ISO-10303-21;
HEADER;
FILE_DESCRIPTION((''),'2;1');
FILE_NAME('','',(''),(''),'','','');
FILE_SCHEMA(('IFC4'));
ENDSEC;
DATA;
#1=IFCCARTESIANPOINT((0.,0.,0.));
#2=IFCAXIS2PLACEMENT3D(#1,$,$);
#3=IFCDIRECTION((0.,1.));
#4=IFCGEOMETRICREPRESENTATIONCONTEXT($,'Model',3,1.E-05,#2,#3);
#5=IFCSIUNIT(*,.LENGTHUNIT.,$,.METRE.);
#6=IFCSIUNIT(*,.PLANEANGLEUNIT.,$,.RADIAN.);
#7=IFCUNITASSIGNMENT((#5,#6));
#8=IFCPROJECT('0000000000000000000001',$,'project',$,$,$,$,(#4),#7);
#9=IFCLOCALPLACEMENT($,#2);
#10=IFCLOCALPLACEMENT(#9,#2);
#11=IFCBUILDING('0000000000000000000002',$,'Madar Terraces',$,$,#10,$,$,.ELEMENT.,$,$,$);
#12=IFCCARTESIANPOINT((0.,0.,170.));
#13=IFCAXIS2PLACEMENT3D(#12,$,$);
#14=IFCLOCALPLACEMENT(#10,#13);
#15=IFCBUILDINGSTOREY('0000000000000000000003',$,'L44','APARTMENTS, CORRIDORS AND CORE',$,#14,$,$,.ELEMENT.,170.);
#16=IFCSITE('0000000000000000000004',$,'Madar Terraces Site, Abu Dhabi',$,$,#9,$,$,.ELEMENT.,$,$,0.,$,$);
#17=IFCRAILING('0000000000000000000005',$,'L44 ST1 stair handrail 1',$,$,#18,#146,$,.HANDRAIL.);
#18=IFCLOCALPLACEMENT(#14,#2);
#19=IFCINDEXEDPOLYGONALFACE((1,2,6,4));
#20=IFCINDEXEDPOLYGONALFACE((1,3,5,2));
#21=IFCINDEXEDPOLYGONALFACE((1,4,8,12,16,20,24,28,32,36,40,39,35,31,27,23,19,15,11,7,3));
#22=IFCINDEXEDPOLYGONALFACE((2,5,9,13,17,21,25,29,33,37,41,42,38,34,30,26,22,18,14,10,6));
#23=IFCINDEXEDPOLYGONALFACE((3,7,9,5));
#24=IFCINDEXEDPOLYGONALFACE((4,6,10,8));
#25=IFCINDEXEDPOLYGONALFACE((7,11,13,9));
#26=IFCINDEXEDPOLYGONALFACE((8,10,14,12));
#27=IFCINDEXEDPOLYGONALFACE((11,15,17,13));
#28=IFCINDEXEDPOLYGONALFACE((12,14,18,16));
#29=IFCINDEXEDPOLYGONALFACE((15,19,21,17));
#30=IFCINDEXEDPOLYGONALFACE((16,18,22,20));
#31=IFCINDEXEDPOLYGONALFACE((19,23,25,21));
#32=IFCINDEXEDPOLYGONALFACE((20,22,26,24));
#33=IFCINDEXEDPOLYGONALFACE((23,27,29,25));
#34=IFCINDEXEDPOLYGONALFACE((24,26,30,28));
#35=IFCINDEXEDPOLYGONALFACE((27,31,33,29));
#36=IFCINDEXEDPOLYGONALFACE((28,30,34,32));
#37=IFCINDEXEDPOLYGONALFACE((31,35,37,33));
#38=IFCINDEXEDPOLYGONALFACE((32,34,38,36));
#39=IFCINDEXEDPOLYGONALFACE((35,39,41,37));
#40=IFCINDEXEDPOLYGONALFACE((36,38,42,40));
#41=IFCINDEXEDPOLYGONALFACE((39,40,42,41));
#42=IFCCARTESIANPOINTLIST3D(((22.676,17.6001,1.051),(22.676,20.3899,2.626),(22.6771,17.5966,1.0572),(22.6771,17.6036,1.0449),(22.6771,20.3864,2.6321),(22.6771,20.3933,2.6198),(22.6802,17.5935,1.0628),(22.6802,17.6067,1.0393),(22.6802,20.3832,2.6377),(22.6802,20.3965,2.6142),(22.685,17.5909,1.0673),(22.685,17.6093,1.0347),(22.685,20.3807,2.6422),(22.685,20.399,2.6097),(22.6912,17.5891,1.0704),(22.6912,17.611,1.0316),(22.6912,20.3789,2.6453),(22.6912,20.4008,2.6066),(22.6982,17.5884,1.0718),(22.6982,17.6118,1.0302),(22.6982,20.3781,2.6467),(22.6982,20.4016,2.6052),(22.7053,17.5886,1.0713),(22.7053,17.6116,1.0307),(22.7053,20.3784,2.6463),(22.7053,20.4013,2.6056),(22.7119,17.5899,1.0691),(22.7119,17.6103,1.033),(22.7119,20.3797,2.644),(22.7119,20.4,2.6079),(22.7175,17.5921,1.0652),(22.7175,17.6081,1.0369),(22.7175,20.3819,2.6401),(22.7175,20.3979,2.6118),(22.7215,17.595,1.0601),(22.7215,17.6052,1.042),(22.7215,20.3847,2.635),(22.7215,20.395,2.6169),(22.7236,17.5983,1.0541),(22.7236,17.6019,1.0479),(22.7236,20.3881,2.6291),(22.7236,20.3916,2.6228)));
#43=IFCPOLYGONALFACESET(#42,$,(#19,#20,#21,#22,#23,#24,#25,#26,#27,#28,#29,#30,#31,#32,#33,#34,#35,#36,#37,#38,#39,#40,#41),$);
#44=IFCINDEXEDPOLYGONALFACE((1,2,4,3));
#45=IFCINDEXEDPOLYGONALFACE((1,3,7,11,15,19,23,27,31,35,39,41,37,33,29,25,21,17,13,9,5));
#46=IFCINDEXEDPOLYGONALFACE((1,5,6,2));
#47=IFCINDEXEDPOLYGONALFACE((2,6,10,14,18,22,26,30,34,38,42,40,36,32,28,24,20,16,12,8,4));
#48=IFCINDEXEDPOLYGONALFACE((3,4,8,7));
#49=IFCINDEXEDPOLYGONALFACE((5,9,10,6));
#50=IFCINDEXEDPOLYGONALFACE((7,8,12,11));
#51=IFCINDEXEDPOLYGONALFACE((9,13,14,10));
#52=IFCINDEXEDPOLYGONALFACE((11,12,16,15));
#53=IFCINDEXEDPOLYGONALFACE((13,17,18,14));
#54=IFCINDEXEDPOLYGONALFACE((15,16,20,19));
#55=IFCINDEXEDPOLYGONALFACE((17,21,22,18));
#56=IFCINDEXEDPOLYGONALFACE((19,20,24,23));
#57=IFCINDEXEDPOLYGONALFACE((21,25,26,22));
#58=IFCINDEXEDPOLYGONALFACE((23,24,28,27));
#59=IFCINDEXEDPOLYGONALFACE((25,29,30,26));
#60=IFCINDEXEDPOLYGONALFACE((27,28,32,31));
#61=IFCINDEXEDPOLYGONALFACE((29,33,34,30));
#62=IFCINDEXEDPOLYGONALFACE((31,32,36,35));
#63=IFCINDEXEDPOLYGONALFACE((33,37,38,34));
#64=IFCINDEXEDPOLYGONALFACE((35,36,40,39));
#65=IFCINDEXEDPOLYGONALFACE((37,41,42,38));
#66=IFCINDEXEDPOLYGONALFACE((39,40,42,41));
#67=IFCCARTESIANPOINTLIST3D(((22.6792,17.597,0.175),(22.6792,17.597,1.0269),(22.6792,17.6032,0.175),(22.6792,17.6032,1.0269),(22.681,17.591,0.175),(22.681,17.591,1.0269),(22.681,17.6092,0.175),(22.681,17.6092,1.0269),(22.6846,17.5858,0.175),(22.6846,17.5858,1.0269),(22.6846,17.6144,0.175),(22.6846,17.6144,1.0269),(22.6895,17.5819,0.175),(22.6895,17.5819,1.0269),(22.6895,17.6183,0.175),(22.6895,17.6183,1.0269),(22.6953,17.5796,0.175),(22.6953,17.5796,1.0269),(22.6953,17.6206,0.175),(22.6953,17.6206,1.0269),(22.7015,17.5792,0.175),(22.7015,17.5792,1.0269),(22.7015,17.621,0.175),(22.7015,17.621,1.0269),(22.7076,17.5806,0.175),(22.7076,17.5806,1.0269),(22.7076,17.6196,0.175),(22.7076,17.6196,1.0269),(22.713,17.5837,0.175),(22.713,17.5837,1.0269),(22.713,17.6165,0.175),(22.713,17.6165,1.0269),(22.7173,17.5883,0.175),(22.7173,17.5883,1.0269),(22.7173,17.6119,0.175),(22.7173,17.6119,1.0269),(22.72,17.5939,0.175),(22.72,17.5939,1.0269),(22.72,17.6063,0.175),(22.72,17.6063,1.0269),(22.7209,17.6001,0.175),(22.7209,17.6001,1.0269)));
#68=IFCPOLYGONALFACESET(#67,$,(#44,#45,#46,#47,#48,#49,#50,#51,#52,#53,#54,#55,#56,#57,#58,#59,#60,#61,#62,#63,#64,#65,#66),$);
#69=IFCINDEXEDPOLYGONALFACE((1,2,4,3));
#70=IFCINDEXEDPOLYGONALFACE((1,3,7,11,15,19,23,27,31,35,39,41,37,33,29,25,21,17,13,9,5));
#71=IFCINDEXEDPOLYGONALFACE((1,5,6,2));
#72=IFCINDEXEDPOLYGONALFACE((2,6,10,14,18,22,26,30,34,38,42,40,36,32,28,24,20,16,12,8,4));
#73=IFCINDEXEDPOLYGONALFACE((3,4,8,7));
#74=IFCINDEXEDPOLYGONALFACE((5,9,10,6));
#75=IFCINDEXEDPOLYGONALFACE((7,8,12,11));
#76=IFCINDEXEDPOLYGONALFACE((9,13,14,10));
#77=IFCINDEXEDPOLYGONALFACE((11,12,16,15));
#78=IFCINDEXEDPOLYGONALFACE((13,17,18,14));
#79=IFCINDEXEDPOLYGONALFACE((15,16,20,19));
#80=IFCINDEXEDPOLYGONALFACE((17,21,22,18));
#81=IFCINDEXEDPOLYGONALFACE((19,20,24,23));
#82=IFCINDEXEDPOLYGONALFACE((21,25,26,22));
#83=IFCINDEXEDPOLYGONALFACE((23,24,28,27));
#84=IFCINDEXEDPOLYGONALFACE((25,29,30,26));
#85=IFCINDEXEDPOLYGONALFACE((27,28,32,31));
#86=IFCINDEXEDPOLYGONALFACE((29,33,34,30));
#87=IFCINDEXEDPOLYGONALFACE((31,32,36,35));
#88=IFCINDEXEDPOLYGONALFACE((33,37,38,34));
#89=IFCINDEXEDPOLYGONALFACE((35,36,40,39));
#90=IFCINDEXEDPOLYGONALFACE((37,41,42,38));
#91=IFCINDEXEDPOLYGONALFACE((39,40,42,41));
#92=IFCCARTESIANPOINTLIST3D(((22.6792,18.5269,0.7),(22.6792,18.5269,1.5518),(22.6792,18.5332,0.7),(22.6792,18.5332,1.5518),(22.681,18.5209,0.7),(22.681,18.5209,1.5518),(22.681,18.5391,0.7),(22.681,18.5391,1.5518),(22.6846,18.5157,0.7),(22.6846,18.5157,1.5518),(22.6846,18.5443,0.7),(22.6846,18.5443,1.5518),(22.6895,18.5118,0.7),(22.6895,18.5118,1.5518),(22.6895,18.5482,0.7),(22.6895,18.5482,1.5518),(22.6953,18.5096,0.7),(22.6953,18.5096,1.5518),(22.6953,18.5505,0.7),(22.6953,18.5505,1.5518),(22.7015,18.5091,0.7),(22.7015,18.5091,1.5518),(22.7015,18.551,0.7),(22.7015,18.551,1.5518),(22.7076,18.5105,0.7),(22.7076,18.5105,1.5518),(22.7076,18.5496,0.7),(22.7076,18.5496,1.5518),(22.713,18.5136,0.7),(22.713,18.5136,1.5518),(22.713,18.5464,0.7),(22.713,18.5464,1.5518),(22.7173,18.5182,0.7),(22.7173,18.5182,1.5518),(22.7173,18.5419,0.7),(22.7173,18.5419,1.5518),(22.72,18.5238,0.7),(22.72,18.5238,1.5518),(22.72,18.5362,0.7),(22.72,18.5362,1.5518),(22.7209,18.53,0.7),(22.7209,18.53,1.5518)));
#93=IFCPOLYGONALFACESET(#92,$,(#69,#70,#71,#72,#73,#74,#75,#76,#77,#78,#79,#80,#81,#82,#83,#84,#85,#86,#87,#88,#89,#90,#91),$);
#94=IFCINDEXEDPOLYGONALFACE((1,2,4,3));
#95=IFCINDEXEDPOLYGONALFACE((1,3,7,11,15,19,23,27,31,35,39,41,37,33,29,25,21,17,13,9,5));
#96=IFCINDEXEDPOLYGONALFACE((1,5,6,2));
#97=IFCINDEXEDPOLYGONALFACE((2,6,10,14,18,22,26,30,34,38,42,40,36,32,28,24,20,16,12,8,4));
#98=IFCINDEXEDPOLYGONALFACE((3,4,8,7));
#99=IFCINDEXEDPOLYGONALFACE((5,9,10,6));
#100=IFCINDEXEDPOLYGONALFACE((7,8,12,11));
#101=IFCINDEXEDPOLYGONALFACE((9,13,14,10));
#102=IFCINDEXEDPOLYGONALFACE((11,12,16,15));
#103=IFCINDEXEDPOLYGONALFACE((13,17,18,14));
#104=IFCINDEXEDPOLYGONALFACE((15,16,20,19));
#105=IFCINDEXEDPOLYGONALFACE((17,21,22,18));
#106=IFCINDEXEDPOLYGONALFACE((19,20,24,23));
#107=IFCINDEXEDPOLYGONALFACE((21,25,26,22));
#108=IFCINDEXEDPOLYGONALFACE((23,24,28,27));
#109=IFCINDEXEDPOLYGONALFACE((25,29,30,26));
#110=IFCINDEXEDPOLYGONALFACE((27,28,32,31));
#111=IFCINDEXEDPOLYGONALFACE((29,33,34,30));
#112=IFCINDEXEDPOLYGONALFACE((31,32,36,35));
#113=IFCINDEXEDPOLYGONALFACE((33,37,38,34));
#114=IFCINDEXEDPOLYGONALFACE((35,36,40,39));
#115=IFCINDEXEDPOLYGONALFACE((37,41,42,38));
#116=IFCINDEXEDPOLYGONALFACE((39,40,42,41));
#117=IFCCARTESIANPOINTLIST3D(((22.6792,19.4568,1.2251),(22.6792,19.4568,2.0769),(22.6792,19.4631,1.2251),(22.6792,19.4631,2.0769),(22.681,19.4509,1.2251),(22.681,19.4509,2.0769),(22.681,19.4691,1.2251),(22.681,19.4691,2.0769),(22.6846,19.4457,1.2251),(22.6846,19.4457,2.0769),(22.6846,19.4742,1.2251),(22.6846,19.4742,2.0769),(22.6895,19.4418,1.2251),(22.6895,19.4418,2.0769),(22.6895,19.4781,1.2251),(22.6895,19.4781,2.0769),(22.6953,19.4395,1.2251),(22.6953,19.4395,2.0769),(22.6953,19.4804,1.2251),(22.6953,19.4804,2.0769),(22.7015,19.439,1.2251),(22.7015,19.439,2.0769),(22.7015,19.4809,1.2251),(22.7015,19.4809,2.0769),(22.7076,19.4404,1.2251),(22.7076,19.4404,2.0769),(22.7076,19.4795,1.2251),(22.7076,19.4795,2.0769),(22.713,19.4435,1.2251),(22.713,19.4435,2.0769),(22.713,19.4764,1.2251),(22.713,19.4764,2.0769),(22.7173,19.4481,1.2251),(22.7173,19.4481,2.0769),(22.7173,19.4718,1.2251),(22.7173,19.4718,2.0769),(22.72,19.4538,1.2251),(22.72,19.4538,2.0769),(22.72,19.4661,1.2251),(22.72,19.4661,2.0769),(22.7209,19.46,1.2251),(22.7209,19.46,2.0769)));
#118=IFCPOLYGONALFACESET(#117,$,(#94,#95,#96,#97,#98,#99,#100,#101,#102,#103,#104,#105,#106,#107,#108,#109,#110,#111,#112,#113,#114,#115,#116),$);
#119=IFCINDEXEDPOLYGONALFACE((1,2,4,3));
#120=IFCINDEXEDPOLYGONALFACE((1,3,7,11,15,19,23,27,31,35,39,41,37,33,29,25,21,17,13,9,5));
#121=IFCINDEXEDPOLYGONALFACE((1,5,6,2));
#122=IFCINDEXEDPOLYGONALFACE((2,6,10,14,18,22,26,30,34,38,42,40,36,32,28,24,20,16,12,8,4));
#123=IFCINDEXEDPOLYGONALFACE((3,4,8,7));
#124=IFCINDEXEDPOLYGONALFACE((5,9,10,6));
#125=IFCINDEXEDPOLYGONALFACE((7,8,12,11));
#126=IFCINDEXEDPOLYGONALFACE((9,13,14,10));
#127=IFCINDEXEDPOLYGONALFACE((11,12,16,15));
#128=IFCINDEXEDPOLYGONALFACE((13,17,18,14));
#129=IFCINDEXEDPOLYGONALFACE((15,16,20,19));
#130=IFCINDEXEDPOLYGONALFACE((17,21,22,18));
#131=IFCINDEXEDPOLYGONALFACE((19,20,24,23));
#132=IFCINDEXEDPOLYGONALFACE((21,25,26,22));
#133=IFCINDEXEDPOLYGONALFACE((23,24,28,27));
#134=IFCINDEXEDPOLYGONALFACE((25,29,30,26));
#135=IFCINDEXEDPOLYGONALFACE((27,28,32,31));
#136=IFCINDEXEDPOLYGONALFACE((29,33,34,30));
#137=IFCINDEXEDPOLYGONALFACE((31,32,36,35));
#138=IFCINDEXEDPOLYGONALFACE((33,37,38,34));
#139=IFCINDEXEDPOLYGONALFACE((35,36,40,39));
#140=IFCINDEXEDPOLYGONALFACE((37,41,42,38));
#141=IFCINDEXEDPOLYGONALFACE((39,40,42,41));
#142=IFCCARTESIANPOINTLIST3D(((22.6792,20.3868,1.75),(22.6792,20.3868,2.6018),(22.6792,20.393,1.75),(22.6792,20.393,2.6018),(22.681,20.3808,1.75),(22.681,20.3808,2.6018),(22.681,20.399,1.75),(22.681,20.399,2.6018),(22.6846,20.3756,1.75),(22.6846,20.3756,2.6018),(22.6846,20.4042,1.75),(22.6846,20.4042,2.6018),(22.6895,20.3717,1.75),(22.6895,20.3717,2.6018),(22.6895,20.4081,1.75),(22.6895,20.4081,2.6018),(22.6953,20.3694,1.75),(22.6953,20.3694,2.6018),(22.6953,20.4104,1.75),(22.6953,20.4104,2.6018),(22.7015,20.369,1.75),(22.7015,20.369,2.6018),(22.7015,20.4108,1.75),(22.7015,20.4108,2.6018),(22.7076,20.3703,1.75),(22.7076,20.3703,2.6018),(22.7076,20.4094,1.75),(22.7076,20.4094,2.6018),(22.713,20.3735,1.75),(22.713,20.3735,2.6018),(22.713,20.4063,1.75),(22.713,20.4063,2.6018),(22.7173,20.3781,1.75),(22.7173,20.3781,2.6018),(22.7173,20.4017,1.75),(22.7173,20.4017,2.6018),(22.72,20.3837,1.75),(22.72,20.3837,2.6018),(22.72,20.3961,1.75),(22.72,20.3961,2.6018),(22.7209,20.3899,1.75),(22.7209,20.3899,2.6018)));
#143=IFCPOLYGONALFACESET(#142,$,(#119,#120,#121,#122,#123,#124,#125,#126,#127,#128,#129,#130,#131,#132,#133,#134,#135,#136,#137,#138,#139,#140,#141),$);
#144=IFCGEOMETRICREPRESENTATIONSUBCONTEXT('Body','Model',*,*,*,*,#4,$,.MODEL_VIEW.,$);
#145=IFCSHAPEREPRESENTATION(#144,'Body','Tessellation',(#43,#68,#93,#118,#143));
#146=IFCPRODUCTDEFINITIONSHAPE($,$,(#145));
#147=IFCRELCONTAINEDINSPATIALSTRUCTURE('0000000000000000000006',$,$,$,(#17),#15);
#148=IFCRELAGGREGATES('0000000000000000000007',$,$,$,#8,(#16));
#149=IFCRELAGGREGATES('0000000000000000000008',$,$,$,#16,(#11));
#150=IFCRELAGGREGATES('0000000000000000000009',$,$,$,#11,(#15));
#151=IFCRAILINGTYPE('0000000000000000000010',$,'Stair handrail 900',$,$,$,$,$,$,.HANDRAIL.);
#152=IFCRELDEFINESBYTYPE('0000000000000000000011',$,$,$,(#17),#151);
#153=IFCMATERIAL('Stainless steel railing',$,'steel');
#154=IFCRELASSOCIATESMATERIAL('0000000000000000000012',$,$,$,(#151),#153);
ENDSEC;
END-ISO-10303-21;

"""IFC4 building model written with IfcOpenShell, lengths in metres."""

from ifc_helpers import new_model, si_unit, direction, frame, origin, origin_2d, place, context, subcontext, project, spatial, circle, extrude, material, type_object, element, save


model = new_model("IFC4")

# Units and contexts
model_context = context("Model", 3, precision=1e-05, world=origin(), true_north=direction((0.0, 1.0)))
body_context = subcontext(model_context, "Body", "Model", "MODEL_VIEW")
ifc_project = project(units=[si_unit("LENGTHUNIT", "METRE"), si_unit("PLANEANGLEUNIT", "RADIAN")], contexts=[model_context])

# Site, building, storey
site_placement = place(None, origin())
site = spatial("IfcSite", under=ifc_project, at=site_placement, Name="Madar Terraces Site, Abu Dhabi", CompositionType="ELEMENT", RefElevation=0.0)
building_placement = place(site_placement, origin())
building = spatial("IfcBuilding", under=site, at=building_placement, Name="Madar Terraces", CompositionType="ELEMENT")
storey_placement = place(building_placement, frame((0.0, 0.0, 170.0)))
storey = spatial("IfcBuildingStorey", under=building, at=storey_placement, Name="L44", Description="APARTMENTS, CORRIDORS AND CORE", CompositionType="ELEMENT", Elevation=170.0)

# Railing
ifc_material_1 = material(Name="Stainless steel railing", Category="steel")
railing_type_1 = type_object("IfcRailingType", Name="Stair handrail 900", PredefinedType="HANDRAIL", material=ifc_material_1)
railing_1_placement = place(storey_placement, frame((22.7, 17.6001, 0.175)))
element("IfcRailing", 1, at=railing_1_placement, inside=storey, type_object=railing_type_1, Name="L44 ST1 stair handrail 1", PredefinedType="HANDRAIL", context=body_context, shape_type="SweptSolid", body=[
    extrude(circle(Radius=0.0239, at=origin_2d()), frame((0.0, 0.0, 0.876), z_axis=(0.0, 0.870815, 0.49161), x_axis=(-1.0, 0.0, 0.0)), (0.0, 0.0, 1.0), 3.2036),
    extrude(circle(Radius=0.021, at=origin_2d()), origin(), (0.0, 0.0, 1.0), 0.8518),
    extrude(circle(Radius=0.021, at=origin_2d()), frame((0.0, 0.9299, 0.5249)), (0.0, 0.0, 1.0), 0.8518),
    extrude(circle(Radius=0.021, at=origin_2d()), frame((0.0, 1.8599, 1.05)), (0.0, 0.0, 1.0), 0.8518),
    extrude(circle(Radius=0.021, at=origin_2d()), frame((0.0, 2.7898, 1.575)), (0.0, 0.0, 1.0), 0.8518),
])

save(model, "model.ifc")
